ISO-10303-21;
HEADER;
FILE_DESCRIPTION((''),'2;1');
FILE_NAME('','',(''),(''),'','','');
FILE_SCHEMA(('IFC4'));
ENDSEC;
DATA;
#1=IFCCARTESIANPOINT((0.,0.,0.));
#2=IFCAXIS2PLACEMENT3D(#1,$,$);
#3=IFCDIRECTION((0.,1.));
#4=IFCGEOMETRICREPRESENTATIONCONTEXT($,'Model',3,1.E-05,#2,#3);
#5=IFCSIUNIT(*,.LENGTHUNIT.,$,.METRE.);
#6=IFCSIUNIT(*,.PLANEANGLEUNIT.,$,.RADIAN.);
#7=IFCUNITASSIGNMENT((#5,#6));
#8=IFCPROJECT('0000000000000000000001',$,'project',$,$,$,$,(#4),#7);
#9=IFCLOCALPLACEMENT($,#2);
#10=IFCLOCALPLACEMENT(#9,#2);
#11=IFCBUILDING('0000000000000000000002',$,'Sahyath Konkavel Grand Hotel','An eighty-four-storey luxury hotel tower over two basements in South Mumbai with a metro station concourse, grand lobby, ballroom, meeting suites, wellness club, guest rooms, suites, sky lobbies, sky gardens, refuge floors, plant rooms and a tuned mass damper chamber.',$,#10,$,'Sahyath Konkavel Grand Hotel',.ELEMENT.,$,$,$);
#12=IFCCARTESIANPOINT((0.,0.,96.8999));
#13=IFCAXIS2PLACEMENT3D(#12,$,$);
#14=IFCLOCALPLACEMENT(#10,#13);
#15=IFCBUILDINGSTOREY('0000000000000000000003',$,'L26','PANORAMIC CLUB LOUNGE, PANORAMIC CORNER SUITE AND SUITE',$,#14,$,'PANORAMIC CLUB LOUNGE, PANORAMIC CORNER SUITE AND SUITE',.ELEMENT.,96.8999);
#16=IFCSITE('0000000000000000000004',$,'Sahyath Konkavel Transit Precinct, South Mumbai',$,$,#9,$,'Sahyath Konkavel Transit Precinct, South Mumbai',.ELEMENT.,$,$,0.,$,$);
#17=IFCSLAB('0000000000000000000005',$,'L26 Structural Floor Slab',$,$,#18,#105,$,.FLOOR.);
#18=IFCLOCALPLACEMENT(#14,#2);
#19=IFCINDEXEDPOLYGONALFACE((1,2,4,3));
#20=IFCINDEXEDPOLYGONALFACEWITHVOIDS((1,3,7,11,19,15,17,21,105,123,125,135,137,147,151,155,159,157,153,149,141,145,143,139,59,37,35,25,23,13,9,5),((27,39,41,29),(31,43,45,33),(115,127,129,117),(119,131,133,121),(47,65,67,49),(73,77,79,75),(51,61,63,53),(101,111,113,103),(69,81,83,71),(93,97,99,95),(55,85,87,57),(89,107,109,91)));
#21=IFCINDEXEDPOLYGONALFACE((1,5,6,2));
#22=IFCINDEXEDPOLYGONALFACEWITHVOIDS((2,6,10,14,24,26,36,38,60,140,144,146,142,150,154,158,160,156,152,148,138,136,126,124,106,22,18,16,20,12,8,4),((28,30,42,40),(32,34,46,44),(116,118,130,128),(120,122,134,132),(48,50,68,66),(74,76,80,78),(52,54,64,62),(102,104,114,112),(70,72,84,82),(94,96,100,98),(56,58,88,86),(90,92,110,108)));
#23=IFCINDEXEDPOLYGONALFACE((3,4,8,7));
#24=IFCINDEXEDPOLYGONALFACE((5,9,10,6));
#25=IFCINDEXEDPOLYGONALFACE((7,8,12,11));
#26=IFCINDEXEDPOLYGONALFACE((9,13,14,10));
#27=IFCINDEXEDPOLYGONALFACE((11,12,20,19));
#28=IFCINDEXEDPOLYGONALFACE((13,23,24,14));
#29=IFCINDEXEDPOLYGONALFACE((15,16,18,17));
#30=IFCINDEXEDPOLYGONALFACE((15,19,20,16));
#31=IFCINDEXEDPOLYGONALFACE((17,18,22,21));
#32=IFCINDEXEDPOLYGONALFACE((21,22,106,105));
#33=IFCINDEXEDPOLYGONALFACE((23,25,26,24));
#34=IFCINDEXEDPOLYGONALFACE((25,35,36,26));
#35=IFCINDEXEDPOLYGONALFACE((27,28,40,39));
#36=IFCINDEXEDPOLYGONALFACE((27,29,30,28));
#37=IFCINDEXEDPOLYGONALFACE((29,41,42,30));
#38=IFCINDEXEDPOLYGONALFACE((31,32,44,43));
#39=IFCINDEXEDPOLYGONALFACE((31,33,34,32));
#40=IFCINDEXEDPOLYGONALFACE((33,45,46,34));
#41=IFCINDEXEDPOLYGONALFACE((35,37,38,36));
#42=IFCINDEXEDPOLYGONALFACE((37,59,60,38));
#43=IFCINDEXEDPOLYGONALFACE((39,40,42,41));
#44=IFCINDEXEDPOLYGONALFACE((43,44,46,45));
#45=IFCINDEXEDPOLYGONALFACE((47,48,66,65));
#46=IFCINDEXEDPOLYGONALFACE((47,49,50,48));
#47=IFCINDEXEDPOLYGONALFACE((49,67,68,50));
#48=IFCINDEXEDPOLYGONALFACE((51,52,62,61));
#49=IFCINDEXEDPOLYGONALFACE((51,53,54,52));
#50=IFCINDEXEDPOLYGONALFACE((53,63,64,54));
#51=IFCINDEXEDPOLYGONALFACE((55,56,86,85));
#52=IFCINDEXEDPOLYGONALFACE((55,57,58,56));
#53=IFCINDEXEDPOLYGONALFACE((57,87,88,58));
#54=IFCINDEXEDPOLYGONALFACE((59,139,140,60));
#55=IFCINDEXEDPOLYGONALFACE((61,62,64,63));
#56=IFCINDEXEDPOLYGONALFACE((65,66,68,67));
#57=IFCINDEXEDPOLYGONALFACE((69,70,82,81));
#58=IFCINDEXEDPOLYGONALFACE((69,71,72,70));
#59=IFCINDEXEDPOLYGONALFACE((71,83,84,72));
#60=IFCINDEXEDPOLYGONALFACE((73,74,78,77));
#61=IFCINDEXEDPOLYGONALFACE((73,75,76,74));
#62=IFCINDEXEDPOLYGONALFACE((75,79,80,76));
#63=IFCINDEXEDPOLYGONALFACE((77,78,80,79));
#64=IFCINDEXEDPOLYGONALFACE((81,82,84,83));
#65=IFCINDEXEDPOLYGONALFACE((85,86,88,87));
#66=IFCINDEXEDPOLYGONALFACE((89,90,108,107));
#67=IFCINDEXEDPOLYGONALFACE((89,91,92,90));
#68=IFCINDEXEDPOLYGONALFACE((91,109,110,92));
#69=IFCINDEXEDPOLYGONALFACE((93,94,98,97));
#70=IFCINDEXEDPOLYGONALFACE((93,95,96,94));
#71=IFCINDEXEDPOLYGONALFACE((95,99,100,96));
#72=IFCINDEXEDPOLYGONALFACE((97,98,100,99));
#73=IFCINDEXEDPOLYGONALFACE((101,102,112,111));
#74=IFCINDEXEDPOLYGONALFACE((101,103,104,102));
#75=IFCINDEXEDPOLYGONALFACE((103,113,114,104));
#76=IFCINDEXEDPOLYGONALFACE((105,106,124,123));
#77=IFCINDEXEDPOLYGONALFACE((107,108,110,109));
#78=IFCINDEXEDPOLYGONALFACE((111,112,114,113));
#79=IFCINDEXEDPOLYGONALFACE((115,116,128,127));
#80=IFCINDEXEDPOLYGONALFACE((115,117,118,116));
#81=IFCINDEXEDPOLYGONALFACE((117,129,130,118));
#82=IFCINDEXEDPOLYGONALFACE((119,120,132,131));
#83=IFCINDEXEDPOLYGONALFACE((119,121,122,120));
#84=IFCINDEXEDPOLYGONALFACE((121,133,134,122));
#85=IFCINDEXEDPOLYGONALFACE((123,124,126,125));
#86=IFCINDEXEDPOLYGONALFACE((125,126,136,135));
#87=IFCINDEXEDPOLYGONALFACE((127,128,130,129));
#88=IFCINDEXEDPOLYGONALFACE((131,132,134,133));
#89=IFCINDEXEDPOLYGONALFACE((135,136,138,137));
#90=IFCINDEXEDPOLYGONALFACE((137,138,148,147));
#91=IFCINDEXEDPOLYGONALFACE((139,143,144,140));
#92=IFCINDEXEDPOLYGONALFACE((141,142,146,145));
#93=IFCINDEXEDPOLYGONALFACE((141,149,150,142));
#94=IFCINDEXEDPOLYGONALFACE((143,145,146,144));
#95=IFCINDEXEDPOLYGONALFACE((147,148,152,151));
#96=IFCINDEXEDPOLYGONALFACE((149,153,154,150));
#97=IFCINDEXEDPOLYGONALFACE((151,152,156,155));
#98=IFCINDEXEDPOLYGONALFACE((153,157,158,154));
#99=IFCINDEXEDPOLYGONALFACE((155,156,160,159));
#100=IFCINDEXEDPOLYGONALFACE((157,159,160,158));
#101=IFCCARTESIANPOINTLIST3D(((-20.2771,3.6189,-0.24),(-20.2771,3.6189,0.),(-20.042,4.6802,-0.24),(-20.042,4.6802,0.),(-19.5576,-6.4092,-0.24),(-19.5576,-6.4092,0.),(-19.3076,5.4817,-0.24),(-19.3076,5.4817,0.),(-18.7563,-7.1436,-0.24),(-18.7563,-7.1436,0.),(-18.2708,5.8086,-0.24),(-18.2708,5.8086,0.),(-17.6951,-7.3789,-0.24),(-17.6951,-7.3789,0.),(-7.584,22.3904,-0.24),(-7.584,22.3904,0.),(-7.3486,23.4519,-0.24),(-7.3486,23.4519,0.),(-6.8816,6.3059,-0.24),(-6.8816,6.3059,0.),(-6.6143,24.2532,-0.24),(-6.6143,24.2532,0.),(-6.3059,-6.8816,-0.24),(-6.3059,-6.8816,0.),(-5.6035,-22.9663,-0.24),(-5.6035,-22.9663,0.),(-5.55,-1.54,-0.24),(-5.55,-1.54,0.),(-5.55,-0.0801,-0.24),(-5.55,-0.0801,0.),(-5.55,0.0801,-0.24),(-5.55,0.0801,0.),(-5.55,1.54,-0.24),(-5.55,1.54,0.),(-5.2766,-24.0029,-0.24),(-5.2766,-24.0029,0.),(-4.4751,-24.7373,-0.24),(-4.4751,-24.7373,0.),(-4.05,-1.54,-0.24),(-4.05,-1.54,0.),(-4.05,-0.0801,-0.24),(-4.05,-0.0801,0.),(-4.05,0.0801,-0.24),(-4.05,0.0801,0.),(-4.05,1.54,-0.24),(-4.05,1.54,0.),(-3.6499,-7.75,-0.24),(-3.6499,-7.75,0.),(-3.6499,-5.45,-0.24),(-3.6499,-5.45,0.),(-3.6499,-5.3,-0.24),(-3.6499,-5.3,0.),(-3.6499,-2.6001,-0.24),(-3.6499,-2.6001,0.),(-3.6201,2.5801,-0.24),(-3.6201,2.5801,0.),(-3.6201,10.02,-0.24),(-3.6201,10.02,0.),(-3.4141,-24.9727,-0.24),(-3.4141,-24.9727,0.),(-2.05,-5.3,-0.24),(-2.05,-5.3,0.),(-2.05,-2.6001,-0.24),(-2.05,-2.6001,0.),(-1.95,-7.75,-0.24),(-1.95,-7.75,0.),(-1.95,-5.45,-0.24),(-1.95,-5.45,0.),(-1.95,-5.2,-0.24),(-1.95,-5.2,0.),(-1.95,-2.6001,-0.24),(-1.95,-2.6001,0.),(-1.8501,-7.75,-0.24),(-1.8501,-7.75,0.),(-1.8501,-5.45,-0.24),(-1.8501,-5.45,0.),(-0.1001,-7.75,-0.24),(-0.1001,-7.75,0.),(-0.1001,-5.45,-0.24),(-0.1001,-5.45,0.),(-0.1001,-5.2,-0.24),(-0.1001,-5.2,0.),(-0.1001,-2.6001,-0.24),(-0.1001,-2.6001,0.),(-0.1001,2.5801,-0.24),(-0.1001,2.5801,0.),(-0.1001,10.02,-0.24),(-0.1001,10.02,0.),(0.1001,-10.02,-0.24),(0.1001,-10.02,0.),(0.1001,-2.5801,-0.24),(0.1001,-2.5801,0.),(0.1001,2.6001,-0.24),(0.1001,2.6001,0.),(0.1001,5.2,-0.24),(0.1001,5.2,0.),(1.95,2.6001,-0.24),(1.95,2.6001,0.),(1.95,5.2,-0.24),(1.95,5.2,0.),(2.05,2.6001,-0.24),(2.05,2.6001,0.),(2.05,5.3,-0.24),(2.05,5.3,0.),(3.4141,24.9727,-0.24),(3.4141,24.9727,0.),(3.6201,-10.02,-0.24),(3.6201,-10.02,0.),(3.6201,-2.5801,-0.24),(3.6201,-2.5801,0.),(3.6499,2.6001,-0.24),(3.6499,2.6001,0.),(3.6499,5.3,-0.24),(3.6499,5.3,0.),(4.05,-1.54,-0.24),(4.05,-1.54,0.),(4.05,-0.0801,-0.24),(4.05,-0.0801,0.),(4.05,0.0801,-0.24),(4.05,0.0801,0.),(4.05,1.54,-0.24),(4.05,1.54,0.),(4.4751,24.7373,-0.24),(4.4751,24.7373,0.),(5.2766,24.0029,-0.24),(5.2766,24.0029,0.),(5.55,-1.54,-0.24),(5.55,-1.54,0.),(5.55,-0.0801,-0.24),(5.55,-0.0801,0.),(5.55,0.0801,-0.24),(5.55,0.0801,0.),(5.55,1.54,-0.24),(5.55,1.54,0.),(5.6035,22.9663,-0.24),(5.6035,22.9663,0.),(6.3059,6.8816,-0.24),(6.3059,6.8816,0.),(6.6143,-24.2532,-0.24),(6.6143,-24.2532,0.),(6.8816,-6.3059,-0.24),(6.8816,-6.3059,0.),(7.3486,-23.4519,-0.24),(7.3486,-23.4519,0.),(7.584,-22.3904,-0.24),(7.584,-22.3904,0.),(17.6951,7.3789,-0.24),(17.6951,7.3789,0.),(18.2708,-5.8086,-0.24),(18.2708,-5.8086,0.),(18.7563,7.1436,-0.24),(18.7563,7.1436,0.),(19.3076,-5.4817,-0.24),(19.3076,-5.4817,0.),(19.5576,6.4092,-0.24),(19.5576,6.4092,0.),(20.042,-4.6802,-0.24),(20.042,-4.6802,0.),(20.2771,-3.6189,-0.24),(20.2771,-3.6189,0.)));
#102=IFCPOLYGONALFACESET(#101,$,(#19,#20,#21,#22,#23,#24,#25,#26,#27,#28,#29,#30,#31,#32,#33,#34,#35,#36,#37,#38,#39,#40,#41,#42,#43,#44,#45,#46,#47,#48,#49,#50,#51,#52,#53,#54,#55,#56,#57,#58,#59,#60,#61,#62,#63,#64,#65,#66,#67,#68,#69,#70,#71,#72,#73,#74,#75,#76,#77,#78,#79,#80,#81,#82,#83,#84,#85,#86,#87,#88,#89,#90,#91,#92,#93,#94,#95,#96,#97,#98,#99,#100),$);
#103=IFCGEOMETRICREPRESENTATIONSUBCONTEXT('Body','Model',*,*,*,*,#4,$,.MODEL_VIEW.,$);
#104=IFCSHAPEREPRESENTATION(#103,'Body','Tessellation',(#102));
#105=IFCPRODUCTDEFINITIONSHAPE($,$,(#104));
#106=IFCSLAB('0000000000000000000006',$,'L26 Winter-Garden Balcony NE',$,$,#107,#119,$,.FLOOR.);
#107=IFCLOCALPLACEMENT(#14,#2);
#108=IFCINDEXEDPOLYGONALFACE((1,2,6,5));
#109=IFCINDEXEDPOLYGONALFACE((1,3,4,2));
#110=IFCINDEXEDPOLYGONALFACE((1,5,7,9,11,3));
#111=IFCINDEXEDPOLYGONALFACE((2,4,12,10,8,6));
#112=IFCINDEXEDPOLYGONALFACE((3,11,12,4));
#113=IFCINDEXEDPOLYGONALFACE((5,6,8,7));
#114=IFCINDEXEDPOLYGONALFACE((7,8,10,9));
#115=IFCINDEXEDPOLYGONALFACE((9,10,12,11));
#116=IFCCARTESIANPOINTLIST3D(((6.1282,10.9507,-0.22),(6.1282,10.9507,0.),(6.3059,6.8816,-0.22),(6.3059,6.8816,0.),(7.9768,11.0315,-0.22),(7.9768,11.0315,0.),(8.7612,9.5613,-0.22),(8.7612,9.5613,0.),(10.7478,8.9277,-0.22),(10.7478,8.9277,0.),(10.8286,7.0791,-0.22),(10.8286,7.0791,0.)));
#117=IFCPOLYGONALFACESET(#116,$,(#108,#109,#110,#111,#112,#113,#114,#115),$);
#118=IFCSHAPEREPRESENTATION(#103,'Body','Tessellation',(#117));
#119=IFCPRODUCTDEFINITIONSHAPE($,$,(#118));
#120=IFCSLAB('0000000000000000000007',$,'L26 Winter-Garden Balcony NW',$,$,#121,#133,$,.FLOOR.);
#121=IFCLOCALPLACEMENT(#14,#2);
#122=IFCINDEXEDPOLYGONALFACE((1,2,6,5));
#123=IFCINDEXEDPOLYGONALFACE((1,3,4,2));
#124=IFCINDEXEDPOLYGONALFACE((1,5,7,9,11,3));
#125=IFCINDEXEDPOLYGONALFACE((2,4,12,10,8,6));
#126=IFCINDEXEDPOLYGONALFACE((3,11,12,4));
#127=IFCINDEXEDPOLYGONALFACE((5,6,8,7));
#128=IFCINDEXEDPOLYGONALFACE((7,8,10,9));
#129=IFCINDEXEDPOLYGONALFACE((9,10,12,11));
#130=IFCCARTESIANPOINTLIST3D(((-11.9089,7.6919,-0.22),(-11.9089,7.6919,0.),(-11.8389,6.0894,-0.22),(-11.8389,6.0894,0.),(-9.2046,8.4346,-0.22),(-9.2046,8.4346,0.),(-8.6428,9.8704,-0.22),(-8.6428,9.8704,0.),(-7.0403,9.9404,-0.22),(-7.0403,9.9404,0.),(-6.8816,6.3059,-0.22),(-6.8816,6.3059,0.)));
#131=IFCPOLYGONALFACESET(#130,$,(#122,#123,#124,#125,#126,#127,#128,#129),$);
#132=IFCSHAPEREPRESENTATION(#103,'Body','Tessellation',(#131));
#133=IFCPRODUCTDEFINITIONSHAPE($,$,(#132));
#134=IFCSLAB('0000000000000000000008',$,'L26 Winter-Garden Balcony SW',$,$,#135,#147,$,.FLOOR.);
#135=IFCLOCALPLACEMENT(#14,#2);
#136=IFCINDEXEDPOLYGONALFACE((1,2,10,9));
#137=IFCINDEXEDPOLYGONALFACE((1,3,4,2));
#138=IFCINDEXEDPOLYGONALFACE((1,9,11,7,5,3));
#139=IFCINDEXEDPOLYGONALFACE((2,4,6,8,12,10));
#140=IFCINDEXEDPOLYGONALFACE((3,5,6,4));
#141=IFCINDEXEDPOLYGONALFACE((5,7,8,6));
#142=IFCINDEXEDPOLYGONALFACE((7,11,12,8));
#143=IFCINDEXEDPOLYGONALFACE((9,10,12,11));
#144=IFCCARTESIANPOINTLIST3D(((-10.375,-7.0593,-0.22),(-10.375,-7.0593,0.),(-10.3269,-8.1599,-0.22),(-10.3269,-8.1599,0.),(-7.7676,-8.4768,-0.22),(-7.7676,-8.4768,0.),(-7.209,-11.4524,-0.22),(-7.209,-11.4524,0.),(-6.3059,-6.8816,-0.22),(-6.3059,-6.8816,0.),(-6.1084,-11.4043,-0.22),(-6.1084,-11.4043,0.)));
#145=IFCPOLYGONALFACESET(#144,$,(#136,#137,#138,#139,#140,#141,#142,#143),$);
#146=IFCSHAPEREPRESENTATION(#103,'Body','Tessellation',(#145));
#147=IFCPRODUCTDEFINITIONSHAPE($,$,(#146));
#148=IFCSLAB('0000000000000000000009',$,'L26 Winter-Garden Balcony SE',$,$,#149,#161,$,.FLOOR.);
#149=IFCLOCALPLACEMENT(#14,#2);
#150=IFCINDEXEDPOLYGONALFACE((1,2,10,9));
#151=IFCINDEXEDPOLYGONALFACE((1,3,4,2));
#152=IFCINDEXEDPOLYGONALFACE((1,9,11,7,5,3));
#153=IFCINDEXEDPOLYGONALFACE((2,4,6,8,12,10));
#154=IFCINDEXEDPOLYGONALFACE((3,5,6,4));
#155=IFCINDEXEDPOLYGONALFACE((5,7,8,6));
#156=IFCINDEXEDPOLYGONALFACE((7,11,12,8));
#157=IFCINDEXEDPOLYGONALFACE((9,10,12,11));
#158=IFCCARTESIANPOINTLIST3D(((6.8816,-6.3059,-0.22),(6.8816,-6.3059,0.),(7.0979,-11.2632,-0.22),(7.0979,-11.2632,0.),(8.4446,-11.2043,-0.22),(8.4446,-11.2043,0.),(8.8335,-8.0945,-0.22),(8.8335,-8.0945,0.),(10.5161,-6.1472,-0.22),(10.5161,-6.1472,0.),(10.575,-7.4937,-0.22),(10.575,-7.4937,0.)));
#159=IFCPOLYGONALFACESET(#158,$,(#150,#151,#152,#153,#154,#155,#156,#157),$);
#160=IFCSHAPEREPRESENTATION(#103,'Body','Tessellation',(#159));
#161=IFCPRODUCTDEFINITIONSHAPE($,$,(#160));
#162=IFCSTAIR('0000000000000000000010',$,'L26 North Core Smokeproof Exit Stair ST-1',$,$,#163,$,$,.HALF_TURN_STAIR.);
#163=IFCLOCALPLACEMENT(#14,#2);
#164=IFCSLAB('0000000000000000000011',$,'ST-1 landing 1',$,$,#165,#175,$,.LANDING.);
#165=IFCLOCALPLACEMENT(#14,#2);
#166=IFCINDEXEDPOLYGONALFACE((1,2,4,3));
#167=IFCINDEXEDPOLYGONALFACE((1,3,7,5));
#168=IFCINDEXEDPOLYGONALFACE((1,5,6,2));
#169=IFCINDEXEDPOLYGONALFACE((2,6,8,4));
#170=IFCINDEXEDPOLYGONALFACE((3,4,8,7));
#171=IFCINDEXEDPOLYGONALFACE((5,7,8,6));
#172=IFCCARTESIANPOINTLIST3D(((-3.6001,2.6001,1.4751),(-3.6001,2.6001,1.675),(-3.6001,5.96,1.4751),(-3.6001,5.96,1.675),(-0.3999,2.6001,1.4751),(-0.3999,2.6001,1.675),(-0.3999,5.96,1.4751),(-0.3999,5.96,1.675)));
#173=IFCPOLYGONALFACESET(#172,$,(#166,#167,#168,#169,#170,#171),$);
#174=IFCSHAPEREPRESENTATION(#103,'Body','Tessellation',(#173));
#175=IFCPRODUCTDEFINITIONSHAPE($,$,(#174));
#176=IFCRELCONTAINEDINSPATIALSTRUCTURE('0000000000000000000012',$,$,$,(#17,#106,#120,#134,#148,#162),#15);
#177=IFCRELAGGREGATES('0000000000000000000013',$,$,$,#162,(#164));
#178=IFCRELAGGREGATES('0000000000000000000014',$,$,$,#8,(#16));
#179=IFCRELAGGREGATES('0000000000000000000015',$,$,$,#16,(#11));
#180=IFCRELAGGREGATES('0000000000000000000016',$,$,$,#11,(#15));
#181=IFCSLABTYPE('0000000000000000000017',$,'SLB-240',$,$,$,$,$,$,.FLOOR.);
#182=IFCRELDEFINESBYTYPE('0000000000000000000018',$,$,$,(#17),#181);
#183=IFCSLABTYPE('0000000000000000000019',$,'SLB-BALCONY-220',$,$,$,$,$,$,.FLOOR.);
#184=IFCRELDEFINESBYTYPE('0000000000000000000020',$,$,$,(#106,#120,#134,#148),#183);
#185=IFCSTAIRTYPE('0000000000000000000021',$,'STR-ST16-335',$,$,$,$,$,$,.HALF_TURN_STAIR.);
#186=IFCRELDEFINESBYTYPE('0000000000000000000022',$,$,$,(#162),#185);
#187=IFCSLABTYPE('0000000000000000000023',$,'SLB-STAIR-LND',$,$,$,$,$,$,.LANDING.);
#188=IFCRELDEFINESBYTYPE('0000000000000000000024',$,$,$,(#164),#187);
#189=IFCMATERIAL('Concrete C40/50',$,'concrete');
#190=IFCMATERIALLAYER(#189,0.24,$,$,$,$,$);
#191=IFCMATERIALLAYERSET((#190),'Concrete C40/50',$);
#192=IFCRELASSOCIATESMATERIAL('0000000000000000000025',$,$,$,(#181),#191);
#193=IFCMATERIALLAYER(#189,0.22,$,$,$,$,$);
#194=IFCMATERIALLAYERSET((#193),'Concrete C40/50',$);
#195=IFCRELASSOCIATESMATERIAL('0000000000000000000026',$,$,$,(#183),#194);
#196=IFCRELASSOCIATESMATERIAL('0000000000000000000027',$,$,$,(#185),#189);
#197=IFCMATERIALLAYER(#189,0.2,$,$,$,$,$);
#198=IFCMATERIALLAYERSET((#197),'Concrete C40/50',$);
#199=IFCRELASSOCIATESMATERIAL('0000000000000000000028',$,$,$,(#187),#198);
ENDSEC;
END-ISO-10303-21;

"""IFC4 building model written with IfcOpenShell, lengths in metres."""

from ifc_helpers import new_model, si_unit, direction, frame, origin, place, context, subcontext, project, spatial, polyline, outline, extrude, material, layer, layer_set, type_object, element, aggregate, save


model = new_model("IFC4")

# Units and contexts
model_context = context("Model", 3, precision=1e-05, world=origin(), true_north=direction((0.0, 1.0)))
body_context = subcontext(model_context, "Body", "Model", "MODEL_VIEW")
ifc_project = project(units=[si_unit("LENGTHUNIT", "METRE"), si_unit("PLANEANGLEUNIT", "RADIAN")], contexts=[model_context])

# Site, building, storey
site_placement = place(None, origin())
site = spatial("IfcSite", under=ifc_project, at=site_placement, Name="Sahyath Konkavel Transit Precinct, South Mumbai", LongName="Sahyath Konkavel Transit Precinct, South Mumbai", CompositionType="ELEMENT", RefElevation=0.0)
building_placement = place(site_placement, origin())
building = spatial("IfcBuilding", under=site, at=building_placement, Name="Sahyath Konkavel Grand Hotel", Description="An eighty-four-storey luxury hotel tower over two basements in South Mumbai with a metro station concourse, grand lobby, ballroom, meeting suites, wellness club, guest rooms, suites, sky lobbies, sky gardens, refuge floors, plant rooms and a tuned mass damper chamber.", LongName="Sahyath Konkavel Grand Hotel", CompositionType="ELEMENT")
storey_placement = place(building_placement, frame((0.0, 0.0, 96.8999)))
storey = spatial("IfcBuildingStorey", under=building, at=storey_placement, Name="L26", Description="PANORAMIC CLUB LOUNGE, PANORAMIC CORNER SUITE AND SUITE", LongName="PANORAMIC CLUB LOUNGE, PANORAMIC CORNER SUITE AND SUITE", CompositionType="ELEMENT", Elevation=96.8999)

# Slabs
ifc_material_1 = material(Name="Concrete C40/50", Category="concrete")
ifc_layer_1 = layer(ifc_material_1, 0.24)
ifc_layer_set_1 = layer_set([ifc_layer_1], Name="Concrete C40/50")
slab_type_1 = type_object("IfcSlabType", Name="SLB-240", PredefinedType="FLOOR", material=ifc_layer_set_1)
slab_1_placement = place(storey_placement, frame((0.0, 0.0, -0.24)))
element("IfcSlab", 1, at=slab_1_placement, inside=storey, type_object=slab_type_1, Name="L26 Structural Floor Slab", PredefinedType="FLOOR", context=body_context, shape_type="SweptSolid", body=[
    extrude(outline(polyline([(6.8816, -6.3059), (18.2708, -5.8086), (19.3076, -5.4817), (20.042, -4.6802), (20.2771, -3.6189), (19.5576, 6.4092), (18.7563, 7.1436), (17.6951, 7.3789), (6.3059, 6.8816), (5.6035, 22.9663), (5.2766, 24.0029), (4.4751, 24.7373), (3.4141, 24.9727), (-6.6143, 24.2532), (-7.3486, 23.4519), (-7.584, 22.3904), (-6.8816, 6.3059), (-18.2708, 5.8086), (-19.3076, 5.4817), (-20.042, 4.6802), (-20.2771, 3.6189), (-19.5576, -6.4092), (-18.7563, -7.1436), (-17.6951, -7.3789), (-6.3059, -6.8816), (-5.6035, -22.9663), (-5.2766, -24.0029), (-4.4751, -24.7373), (-3.4141, -24.9727), (6.6143, -24.2532), (7.3486, -23.4519), (7.584, -22.3904), (6.8816, -6.3059)]), holes=[polyline([(-3.6201, 2.5801), (-0.1001, 2.5801), (-0.1001, 10.02), (-3.6201, 10.02), (-3.6201, 2.5801)]), polyline([(0.1001, -10.02), (3.6201, -10.02), (3.6201, -2.5801), (0.1001, -2.5801), (0.1001, -10.02)]), polyline([(0.1001, 2.6001), (1.95, 2.6001), (1.95, 5.2), (0.1001, 5.2), (0.1001, 2.6001)]), polyline([(-1.95, -5.2), (-0.1001, -5.2), (-0.1001, -2.6001), (-1.95, -2.6001), (-1.95, -5.2)]), polyline([(2.05, 2.6001), (3.6499, 2.6001), (3.6499, 5.3), (2.05, 5.3), (2.05, 2.6001)]), polyline([(-3.6499, -5.3), (-2.05, -5.3), (-2.05, -2.6001), (-3.6499, -2.6001), (-3.6499, -5.3)]), polyline([(-3.6499, -7.75), (-1.95, -7.75), (-1.95, -5.45), (-3.6499, -5.45), (-3.6499, -7.75)]), polyline([(-1.8501, -7.75), (-0.1001, -7.75), (-0.1001, -5.45), (-1.8501, -5.45), (-1.8501, -7.75)]), polyline([(4.05, 0.0801), (5.55, 0.0801), (5.55, 1.54), (4.05, 1.54), (4.05, 0.0801)]), polyline([(4.05, -1.54), (5.55, -1.54), (5.55, -0.0801), (4.05, -0.0801), (4.05, -1.54)]), polyline([(-5.55, 0.0801), (-4.05, 0.0801), (-4.05, 1.54), (-5.55, 1.54), (-5.55, 0.0801)]), polyline([(-5.55, -1.54), (-4.05, -1.54), (-4.05, -0.0801), (-5.55, -0.0801), (-5.55, -1.54)])]), origin(), (0.0, 0.0, 1.0), 0.24),
])
ifc_layer_2 = layer(ifc_material_1, 0.22)
ifc_layer_set_2 = layer_set([ifc_layer_2], Name="Concrete C40/50")
slab_type_2 = type_object("IfcSlabType", Name="SLB-BALCONY-220", PredefinedType="FLOOR", material=ifc_layer_set_2)
slab_2_placement = place(storey_placement, frame((0.0, 0.0, -0.22)))
element("IfcSlab", 2, at=slab_2_placement, inside=storey, type_object=slab_type_2, Name="L26 Winter-Garden Balcony NE", PredefinedType="FLOOR", context=body_context, shape_type="SweptSolid", body=[
    extrude(outline(polyline([(6.3059, 6.8816), (10.8286, 7.0791), (10.7478, 8.9277), (8.7612, 9.5613), (7.9768, 11.0315), (6.1282, 10.9507), (6.3059, 6.8816)])), origin(), (0.0, 0.0, 1.0), 0.22),
])
slab_3_placement = place(storey_placement, frame((0.0, 0.0, -0.22)))
element("IfcSlab", 3, at=slab_3_placement, inside=storey, type_object=slab_type_2, Name="L26 Winter-Garden Balcony NW", PredefinedType="FLOOR", context=body_context, shape_type="SweptSolid", body=[
    extrude(outline(polyline([(-6.8816, 6.3059), (-7.0403, 9.9404), (-8.6428, 9.8704), (-9.2046, 8.4346), (-11.9089, 7.6919), (-11.8389, 6.0894), (-6.8816, 6.3059)])), origin(), (0.0, 0.0, 1.0), 0.22),
])
slab_4_placement = place(storey_placement, frame((0.0, 0.0, -0.22)))
element("IfcSlab", 4, at=slab_4_placement, inside=storey, type_object=slab_type_2, Name="L26 Winter-Garden Balcony SW", PredefinedType="FLOOR", context=body_context, shape_type="SweptSolid", body=[
    extrude(outline(polyline([(-6.3059, -6.8816), (-10.375, -7.0593), (-10.3269, -8.1599), (-7.7676, -8.4768), (-7.209, -11.4524), (-6.1084, -11.4043), (-6.3059, -6.8816)])), origin(), (0.0, 0.0, 1.0), 0.22),
])
slab_5_placement = place(storey_placement, frame((0.0, 0.0, -0.22)))
element("IfcSlab", 5, at=slab_5_placement, inside=storey, type_object=slab_type_2, Name="L26 Winter-Garden Balcony SE", PredefinedType="FLOOR", context=body_context, shape_type="SweptSolid", body=[
    extrude(outline(polyline([(6.8816, -6.3059), (7.0979, -11.2632), (8.4446, -11.2043), (8.8335, -8.0945), (10.575, -7.4937), (10.5161, -6.1472), (6.8816, -6.3059)])), origin(), (0.0, 0.0, 1.0), 0.22),
])

# Stair, slab
stair_type = type_object("IfcStairType", Name="STR-ST16-335", PredefinedType="HALF_TURN_STAIR", material=ifc_material_1)
stair_1_placement = place(storey_placement, origin())
stair_1 = element("IfcStair", 6, at=stair_1_placement, inside=storey, type_object=stair_type, Name="L26 North Core Smokeproof Exit Stair ST-1", PredefinedType="HALF_TURN_STAIR")
ifc_layer_3 = layer(ifc_material_1, 0.2)
ifc_layer_set_3 = layer_set([ifc_layer_3], Name="Concrete C40/50")
slab_type_3 = type_object("IfcSlabType", Name="SLB-STAIR-LND", PredefinedType="LANDING", material=ifc_layer_set_3)
slab_6_placement = place(storey_placement, frame((0.0, 0.0, 1.4751)))
slab_6 = element("IfcSlab", 7, at=slab_6_placement, type_object=slab_type_3, Name="ST-1 landing 1", PredefinedType="LANDING", context=body_context, shape_type="SweptSolid", body=[
    extrude(outline(polyline([(-3.6001, 5.96), (-3.6001, 2.6001), (-0.3999, 2.6001), (-0.3999, 5.96), (-3.6001, 5.96)])), origin(), (0.0, 0.0, 1.0), 0.2),
])
aggregate(stair_1, [slab_6])

save(model, "model.ifc")
